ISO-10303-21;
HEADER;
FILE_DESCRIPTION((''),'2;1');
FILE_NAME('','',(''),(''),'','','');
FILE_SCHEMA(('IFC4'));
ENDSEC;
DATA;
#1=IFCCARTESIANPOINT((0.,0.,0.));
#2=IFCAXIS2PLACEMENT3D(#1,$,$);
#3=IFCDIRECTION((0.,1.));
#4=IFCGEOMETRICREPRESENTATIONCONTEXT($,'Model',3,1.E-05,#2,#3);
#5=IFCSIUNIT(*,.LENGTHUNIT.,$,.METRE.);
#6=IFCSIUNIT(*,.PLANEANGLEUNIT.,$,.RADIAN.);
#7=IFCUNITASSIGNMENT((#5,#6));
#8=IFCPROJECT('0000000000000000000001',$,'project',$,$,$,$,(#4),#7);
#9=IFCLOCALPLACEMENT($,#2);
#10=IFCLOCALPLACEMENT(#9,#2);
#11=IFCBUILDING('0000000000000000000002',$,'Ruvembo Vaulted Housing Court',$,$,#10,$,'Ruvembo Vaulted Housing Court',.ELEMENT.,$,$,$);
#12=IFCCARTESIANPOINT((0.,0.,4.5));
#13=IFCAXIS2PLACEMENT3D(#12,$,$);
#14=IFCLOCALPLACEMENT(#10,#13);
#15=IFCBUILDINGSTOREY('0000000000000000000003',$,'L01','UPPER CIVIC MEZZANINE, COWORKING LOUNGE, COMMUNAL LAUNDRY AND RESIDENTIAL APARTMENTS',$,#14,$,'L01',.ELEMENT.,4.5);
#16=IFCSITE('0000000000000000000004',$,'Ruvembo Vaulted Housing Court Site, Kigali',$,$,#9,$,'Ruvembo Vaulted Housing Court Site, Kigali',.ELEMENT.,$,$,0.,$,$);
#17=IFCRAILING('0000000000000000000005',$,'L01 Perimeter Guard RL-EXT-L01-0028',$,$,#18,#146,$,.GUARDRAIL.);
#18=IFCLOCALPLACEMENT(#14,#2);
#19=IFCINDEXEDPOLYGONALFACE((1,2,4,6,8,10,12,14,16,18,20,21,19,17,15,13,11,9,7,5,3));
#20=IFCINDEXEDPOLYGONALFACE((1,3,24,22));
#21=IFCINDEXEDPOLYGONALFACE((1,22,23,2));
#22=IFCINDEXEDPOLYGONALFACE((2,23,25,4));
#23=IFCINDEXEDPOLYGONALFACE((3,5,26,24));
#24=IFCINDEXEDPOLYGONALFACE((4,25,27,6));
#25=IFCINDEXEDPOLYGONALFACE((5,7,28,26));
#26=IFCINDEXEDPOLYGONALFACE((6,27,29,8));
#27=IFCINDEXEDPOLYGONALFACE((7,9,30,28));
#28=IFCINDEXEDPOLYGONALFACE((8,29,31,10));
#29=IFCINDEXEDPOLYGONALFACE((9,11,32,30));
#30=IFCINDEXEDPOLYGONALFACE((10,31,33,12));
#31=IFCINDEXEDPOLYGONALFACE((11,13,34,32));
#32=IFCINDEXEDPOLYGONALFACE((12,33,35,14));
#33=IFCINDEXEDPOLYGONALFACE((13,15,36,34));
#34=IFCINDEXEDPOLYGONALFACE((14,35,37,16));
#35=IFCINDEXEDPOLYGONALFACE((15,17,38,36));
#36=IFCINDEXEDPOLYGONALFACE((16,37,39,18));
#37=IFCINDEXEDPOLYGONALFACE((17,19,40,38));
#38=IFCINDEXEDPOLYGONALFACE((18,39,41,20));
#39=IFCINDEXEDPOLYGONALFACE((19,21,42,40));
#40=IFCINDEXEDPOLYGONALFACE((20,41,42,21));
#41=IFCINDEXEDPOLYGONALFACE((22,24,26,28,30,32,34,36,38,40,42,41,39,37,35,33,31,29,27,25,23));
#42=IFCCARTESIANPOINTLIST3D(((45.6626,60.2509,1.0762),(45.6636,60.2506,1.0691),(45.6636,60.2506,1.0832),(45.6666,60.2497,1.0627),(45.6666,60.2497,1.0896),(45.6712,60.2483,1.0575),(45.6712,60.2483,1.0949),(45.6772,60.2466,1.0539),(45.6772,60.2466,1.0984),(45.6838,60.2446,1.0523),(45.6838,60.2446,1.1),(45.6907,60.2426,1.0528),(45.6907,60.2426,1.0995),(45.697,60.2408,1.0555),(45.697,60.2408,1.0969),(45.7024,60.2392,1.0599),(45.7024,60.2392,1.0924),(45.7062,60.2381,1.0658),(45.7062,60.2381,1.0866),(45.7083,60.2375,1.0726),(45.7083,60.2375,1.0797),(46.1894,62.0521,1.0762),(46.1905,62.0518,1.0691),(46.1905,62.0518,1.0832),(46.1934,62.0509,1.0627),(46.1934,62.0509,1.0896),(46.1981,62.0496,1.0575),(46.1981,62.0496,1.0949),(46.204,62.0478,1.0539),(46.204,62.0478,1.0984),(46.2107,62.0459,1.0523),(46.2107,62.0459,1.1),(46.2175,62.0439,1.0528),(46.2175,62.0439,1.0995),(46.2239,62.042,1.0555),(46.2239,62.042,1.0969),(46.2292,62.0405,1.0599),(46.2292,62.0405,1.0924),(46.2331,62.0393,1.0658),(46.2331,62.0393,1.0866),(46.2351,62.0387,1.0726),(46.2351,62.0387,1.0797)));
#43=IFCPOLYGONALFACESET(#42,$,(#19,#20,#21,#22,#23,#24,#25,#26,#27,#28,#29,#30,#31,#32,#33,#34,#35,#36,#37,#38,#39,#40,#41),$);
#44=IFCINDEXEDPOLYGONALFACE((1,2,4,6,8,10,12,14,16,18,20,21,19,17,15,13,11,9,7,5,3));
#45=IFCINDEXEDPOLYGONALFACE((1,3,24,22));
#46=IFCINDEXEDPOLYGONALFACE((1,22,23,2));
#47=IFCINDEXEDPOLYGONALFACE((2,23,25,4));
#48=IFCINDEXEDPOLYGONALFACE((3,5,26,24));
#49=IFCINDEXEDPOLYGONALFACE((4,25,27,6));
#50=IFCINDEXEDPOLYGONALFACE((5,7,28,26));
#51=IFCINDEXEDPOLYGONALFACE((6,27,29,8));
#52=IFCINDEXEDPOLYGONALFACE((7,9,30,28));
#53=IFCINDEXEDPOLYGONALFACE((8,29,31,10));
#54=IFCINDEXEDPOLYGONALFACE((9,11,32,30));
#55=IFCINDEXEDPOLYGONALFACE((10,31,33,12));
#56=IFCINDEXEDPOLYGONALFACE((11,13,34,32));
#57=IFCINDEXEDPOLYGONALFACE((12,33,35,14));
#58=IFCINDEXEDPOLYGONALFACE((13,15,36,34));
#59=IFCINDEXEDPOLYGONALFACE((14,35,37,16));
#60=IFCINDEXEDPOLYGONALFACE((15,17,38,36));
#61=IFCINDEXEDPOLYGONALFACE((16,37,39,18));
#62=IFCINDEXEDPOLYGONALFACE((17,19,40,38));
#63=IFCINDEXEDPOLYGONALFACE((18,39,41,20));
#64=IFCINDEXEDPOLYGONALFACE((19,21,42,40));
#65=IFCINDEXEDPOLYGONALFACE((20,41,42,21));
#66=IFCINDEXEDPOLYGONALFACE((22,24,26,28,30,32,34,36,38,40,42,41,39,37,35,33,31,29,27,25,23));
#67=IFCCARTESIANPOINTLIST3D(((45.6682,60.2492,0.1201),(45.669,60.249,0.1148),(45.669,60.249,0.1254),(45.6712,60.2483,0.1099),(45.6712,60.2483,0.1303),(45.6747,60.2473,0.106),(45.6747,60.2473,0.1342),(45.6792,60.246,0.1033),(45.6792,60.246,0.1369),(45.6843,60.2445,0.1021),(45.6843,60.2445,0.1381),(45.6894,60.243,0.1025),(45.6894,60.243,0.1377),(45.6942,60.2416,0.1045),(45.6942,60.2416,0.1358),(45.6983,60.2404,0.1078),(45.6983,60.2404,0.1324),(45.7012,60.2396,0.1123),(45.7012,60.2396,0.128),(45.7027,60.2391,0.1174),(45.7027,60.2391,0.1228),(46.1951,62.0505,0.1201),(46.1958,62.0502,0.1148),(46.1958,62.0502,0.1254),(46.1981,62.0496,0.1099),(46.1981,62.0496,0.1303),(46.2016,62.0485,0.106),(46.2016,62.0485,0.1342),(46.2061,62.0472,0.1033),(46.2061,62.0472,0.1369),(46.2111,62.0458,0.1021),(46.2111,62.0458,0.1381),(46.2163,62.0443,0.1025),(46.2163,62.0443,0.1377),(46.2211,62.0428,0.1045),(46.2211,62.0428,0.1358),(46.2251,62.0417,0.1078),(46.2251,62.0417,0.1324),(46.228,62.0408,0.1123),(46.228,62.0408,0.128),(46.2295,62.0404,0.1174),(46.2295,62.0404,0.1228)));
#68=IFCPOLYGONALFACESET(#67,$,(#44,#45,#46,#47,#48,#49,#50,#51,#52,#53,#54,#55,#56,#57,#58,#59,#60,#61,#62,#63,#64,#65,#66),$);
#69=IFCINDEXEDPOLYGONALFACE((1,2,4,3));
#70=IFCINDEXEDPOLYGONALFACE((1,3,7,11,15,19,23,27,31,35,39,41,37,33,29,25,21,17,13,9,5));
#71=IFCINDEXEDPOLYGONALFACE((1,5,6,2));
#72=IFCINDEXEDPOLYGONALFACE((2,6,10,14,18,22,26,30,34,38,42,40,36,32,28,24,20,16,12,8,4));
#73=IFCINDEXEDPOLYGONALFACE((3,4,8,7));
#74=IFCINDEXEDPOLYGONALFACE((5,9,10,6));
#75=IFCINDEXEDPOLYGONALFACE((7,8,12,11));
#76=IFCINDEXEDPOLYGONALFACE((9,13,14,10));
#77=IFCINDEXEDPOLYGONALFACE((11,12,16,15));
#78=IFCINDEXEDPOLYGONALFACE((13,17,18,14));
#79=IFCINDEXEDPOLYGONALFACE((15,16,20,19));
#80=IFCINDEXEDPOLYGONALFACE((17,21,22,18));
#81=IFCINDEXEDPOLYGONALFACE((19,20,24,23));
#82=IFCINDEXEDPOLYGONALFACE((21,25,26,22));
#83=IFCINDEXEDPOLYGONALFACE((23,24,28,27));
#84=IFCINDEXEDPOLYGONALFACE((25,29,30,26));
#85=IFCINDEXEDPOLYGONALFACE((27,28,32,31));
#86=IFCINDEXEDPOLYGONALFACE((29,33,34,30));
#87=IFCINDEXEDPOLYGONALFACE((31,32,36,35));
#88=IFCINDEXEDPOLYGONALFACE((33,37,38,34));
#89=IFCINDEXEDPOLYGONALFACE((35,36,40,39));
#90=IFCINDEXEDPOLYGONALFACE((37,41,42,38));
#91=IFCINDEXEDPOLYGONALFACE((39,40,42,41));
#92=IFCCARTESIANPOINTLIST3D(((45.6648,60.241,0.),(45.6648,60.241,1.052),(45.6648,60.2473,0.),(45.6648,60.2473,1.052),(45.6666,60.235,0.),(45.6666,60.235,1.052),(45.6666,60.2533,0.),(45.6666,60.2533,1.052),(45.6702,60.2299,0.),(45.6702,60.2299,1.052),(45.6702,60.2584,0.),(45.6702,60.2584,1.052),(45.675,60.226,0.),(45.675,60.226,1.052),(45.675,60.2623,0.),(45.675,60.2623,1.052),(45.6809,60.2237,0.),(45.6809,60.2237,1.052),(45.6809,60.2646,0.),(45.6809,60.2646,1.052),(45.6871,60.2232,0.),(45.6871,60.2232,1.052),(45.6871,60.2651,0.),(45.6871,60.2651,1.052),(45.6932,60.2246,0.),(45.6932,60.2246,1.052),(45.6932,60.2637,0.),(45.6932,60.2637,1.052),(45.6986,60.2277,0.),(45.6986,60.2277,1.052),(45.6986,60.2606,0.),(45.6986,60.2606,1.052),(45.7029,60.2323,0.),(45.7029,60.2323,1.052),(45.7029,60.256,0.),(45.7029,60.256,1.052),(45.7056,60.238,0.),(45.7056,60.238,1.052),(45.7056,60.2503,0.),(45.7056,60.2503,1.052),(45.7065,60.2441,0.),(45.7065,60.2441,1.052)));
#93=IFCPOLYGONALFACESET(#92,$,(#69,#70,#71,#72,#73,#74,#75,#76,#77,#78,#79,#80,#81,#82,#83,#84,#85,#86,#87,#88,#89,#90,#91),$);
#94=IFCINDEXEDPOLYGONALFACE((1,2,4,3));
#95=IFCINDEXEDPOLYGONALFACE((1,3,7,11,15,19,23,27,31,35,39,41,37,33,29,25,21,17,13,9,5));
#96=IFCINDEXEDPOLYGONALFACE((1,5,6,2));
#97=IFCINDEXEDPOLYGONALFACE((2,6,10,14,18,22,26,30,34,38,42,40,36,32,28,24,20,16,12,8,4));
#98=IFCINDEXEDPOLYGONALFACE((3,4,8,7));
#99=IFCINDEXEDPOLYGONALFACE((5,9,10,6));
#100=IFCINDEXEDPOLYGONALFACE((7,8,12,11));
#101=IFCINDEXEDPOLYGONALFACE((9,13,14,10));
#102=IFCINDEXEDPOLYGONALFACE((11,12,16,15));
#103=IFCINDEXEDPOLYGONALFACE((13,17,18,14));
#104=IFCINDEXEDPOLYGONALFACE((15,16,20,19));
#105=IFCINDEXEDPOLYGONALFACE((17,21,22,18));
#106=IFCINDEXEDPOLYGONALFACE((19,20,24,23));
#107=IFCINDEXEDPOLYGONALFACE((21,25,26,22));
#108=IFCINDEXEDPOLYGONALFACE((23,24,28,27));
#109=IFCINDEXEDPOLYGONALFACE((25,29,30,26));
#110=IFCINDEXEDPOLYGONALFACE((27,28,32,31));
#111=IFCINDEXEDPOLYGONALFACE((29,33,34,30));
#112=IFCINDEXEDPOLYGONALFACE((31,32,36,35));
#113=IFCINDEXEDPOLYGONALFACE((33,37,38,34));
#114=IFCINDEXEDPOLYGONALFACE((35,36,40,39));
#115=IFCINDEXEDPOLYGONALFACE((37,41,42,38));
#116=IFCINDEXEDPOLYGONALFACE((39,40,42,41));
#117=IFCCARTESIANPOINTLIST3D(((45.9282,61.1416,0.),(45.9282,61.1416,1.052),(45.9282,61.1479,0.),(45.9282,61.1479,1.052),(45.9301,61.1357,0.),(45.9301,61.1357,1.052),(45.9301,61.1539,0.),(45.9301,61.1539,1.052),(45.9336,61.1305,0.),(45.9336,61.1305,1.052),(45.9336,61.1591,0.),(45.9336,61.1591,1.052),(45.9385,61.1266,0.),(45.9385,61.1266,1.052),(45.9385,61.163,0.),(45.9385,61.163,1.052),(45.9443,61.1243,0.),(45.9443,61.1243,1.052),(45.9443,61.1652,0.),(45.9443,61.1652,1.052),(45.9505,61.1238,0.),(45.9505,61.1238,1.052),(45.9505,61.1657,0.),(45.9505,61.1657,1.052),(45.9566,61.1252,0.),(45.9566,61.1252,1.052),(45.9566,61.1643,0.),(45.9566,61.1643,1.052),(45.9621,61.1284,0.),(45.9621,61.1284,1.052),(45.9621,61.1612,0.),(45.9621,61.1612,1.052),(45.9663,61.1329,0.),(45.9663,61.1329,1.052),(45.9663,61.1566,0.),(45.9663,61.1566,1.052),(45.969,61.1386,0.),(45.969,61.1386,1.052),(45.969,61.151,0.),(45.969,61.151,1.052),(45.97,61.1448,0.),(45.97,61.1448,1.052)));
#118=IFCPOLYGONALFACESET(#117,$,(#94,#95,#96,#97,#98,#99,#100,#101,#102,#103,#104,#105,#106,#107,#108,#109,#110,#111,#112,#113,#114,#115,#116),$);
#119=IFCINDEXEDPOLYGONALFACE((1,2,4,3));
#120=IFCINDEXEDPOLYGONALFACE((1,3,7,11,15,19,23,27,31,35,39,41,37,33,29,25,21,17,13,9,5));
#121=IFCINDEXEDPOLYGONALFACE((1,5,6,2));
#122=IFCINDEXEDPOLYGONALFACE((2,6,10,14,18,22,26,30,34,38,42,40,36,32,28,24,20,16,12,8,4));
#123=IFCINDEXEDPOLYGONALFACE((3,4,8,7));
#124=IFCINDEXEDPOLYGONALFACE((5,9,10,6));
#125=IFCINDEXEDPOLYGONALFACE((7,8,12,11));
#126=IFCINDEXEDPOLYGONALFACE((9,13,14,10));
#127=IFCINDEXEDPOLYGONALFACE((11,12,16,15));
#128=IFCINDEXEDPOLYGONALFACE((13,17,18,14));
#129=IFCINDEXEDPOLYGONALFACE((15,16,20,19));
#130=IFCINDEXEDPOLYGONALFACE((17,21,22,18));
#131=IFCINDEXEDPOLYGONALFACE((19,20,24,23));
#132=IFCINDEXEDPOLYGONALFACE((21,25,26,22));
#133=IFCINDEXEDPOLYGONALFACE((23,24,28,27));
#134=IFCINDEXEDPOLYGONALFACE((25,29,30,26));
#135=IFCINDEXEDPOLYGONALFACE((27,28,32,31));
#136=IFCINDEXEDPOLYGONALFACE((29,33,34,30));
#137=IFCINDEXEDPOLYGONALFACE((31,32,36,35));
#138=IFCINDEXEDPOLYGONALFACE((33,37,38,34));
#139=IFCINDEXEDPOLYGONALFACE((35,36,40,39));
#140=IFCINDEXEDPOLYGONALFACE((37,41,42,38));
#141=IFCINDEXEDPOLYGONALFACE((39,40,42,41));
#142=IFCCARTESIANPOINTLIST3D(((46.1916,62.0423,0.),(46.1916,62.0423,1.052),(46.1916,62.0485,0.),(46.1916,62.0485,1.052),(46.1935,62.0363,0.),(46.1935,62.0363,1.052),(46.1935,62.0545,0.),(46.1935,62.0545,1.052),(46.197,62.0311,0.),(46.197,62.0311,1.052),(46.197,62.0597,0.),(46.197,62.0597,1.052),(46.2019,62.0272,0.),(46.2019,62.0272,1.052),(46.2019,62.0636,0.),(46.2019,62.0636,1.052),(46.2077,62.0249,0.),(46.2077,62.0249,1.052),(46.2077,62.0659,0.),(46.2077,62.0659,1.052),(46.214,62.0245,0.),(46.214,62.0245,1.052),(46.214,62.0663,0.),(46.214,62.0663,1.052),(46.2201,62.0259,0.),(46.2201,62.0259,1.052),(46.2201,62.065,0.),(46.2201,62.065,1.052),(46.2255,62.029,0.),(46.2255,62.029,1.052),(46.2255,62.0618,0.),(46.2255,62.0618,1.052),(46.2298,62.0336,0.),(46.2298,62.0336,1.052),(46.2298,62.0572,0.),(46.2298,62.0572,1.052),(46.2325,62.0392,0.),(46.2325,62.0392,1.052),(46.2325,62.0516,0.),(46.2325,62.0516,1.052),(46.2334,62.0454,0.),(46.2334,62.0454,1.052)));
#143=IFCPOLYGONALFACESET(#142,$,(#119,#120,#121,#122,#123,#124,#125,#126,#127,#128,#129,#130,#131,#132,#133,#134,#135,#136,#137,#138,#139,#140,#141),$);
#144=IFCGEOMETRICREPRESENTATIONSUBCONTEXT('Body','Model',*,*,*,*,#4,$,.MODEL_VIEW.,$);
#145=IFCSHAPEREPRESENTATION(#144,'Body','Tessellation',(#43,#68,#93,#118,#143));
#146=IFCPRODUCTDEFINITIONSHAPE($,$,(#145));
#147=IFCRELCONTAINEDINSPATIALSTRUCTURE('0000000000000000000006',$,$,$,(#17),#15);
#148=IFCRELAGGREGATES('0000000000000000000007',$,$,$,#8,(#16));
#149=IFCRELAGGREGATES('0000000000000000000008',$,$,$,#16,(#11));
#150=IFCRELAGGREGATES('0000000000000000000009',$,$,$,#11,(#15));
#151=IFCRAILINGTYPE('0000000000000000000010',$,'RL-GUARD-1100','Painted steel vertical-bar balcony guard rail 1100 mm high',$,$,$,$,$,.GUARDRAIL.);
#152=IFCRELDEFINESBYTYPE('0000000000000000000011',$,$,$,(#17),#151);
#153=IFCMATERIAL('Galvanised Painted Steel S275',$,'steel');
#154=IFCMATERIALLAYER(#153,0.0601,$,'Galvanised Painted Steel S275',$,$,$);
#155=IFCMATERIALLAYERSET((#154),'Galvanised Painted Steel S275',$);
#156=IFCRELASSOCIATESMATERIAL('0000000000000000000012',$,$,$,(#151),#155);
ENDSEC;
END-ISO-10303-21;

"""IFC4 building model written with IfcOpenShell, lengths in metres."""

from ifc_helpers import new_model, si_unit, direction, frame, origin, origin_2d, place, context, subcontext, project, spatial, circle, extrude, material, layer, layer_set, type_object, element, save


model = new_model("IFC4")

# Units and contexts
model_context = context("Model", 3, precision=1e-05, world=origin(), true_north=direction((0.0, 1.0)))
body_context = subcontext(model_context, "Body", "Model", "MODEL_VIEW")
ifc_project = project(units=[si_unit("LENGTHUNIT", "METRE"), si_unit("PLANEANGLEUNIT", "RADIAN")], contexts=[model_context])

# Site, building, storey
site_placement = place(None, origin())
site = spatial("IfcSite", under=ifc_project, at=site_placement, Name="Ruvembo Vaulted Housing Court Site, Kigali", LongName="Ruvembo Vaulted Housing Court Site, Kigali", CompositionType="ELEMENT", RefElevation=0.0)
building_placement = place(site_placement, origin())
building = spatial("IfcBuilding", under=site, at=building_placement, Name="Ruvembo Vaulted Housing Court", LongName="Ruvembo Vaulted Housing Court", CompositionType="ELEMENT")
storey_placement = place(building_placement, frame((0.0, 0.0, 4.5)))
storey = spatial("IfcBuildingStorey", under=building, at=storey_placement, Name="L01", Description="UPPER CIVIC MEZZANINE, COWORKING LOUNGE, COMMUNAL LAUNDRY AND RESIDENTIAL APARTMENTS", LongName="L01", CompositionType="ELEMENT", Elevation=4.5)

# Railing
ifc_material_1 = material(Name="Galvanised Painted Steel S275", Category="steel")
ifc_layer = layer(ifc_material_1, 0.0601, Name="Galvanised Painted Steel S275")
ifc_layer_set = layer_set([ifc_layer], Name="Galvanised Painted Steel S275")
railing_type = type_object("IfcRailingType", Name="RL-GUARD-1100", Description="Painted steel vertical-bar balcony guard rail 1100 mm high", PredefinedType="GUARDRAIL", material=ifc_layer_set)
railing_1_placement = place(storey_placement, frame((45.6855, 60.2441, 0.0)))
element("IfcRailing", 1, at=railing_1_placement, inside=storey, type_object=railing_type, Name="L01 Perimeter Guard RL-EXT-L01-0028", PredefinedType="GUARDRAIL", context=body_context, shape_type="SweptSolid", body=[
    extrude(circle(Radius=0.0239, at=origin_2d()), frame((0.0, 0.0, 1.0762), z_axis=(0.280729, 0.959787, 0.0), x_axis=(-0.959787, 0.280729, 0.0)), (0.0, 0.0, 1.0), 1.8767),
    extrude(circle(Radius=0.0181, at=origin_2d()), frame((0.0, 0.0, 0.1201), z_axis=(0.280729, 0.959787, 0.0), x_axis=(-0.959787, 0.280729, 0.0)), (0.0, 0.0, 1.0), 1.8767),
    extrude(circle(Radius=0.021, at=origin_2d()), origin(), (0.0, 0.0, 1.0), 1.052),
    extrude(circle(Radius=0.021, at=origin_2d()), frame((0.2634, 0.9006, 0.0)), (0.0, 0.0, 1.0), 1.052),
    extrude(circle(Radius=0.021, at=origin_2d()), frame((0.5269, 1.8013, 0.0)), (0.0, 0.0, 1.0), 1.052),
])

save(model, "model.ifc")
